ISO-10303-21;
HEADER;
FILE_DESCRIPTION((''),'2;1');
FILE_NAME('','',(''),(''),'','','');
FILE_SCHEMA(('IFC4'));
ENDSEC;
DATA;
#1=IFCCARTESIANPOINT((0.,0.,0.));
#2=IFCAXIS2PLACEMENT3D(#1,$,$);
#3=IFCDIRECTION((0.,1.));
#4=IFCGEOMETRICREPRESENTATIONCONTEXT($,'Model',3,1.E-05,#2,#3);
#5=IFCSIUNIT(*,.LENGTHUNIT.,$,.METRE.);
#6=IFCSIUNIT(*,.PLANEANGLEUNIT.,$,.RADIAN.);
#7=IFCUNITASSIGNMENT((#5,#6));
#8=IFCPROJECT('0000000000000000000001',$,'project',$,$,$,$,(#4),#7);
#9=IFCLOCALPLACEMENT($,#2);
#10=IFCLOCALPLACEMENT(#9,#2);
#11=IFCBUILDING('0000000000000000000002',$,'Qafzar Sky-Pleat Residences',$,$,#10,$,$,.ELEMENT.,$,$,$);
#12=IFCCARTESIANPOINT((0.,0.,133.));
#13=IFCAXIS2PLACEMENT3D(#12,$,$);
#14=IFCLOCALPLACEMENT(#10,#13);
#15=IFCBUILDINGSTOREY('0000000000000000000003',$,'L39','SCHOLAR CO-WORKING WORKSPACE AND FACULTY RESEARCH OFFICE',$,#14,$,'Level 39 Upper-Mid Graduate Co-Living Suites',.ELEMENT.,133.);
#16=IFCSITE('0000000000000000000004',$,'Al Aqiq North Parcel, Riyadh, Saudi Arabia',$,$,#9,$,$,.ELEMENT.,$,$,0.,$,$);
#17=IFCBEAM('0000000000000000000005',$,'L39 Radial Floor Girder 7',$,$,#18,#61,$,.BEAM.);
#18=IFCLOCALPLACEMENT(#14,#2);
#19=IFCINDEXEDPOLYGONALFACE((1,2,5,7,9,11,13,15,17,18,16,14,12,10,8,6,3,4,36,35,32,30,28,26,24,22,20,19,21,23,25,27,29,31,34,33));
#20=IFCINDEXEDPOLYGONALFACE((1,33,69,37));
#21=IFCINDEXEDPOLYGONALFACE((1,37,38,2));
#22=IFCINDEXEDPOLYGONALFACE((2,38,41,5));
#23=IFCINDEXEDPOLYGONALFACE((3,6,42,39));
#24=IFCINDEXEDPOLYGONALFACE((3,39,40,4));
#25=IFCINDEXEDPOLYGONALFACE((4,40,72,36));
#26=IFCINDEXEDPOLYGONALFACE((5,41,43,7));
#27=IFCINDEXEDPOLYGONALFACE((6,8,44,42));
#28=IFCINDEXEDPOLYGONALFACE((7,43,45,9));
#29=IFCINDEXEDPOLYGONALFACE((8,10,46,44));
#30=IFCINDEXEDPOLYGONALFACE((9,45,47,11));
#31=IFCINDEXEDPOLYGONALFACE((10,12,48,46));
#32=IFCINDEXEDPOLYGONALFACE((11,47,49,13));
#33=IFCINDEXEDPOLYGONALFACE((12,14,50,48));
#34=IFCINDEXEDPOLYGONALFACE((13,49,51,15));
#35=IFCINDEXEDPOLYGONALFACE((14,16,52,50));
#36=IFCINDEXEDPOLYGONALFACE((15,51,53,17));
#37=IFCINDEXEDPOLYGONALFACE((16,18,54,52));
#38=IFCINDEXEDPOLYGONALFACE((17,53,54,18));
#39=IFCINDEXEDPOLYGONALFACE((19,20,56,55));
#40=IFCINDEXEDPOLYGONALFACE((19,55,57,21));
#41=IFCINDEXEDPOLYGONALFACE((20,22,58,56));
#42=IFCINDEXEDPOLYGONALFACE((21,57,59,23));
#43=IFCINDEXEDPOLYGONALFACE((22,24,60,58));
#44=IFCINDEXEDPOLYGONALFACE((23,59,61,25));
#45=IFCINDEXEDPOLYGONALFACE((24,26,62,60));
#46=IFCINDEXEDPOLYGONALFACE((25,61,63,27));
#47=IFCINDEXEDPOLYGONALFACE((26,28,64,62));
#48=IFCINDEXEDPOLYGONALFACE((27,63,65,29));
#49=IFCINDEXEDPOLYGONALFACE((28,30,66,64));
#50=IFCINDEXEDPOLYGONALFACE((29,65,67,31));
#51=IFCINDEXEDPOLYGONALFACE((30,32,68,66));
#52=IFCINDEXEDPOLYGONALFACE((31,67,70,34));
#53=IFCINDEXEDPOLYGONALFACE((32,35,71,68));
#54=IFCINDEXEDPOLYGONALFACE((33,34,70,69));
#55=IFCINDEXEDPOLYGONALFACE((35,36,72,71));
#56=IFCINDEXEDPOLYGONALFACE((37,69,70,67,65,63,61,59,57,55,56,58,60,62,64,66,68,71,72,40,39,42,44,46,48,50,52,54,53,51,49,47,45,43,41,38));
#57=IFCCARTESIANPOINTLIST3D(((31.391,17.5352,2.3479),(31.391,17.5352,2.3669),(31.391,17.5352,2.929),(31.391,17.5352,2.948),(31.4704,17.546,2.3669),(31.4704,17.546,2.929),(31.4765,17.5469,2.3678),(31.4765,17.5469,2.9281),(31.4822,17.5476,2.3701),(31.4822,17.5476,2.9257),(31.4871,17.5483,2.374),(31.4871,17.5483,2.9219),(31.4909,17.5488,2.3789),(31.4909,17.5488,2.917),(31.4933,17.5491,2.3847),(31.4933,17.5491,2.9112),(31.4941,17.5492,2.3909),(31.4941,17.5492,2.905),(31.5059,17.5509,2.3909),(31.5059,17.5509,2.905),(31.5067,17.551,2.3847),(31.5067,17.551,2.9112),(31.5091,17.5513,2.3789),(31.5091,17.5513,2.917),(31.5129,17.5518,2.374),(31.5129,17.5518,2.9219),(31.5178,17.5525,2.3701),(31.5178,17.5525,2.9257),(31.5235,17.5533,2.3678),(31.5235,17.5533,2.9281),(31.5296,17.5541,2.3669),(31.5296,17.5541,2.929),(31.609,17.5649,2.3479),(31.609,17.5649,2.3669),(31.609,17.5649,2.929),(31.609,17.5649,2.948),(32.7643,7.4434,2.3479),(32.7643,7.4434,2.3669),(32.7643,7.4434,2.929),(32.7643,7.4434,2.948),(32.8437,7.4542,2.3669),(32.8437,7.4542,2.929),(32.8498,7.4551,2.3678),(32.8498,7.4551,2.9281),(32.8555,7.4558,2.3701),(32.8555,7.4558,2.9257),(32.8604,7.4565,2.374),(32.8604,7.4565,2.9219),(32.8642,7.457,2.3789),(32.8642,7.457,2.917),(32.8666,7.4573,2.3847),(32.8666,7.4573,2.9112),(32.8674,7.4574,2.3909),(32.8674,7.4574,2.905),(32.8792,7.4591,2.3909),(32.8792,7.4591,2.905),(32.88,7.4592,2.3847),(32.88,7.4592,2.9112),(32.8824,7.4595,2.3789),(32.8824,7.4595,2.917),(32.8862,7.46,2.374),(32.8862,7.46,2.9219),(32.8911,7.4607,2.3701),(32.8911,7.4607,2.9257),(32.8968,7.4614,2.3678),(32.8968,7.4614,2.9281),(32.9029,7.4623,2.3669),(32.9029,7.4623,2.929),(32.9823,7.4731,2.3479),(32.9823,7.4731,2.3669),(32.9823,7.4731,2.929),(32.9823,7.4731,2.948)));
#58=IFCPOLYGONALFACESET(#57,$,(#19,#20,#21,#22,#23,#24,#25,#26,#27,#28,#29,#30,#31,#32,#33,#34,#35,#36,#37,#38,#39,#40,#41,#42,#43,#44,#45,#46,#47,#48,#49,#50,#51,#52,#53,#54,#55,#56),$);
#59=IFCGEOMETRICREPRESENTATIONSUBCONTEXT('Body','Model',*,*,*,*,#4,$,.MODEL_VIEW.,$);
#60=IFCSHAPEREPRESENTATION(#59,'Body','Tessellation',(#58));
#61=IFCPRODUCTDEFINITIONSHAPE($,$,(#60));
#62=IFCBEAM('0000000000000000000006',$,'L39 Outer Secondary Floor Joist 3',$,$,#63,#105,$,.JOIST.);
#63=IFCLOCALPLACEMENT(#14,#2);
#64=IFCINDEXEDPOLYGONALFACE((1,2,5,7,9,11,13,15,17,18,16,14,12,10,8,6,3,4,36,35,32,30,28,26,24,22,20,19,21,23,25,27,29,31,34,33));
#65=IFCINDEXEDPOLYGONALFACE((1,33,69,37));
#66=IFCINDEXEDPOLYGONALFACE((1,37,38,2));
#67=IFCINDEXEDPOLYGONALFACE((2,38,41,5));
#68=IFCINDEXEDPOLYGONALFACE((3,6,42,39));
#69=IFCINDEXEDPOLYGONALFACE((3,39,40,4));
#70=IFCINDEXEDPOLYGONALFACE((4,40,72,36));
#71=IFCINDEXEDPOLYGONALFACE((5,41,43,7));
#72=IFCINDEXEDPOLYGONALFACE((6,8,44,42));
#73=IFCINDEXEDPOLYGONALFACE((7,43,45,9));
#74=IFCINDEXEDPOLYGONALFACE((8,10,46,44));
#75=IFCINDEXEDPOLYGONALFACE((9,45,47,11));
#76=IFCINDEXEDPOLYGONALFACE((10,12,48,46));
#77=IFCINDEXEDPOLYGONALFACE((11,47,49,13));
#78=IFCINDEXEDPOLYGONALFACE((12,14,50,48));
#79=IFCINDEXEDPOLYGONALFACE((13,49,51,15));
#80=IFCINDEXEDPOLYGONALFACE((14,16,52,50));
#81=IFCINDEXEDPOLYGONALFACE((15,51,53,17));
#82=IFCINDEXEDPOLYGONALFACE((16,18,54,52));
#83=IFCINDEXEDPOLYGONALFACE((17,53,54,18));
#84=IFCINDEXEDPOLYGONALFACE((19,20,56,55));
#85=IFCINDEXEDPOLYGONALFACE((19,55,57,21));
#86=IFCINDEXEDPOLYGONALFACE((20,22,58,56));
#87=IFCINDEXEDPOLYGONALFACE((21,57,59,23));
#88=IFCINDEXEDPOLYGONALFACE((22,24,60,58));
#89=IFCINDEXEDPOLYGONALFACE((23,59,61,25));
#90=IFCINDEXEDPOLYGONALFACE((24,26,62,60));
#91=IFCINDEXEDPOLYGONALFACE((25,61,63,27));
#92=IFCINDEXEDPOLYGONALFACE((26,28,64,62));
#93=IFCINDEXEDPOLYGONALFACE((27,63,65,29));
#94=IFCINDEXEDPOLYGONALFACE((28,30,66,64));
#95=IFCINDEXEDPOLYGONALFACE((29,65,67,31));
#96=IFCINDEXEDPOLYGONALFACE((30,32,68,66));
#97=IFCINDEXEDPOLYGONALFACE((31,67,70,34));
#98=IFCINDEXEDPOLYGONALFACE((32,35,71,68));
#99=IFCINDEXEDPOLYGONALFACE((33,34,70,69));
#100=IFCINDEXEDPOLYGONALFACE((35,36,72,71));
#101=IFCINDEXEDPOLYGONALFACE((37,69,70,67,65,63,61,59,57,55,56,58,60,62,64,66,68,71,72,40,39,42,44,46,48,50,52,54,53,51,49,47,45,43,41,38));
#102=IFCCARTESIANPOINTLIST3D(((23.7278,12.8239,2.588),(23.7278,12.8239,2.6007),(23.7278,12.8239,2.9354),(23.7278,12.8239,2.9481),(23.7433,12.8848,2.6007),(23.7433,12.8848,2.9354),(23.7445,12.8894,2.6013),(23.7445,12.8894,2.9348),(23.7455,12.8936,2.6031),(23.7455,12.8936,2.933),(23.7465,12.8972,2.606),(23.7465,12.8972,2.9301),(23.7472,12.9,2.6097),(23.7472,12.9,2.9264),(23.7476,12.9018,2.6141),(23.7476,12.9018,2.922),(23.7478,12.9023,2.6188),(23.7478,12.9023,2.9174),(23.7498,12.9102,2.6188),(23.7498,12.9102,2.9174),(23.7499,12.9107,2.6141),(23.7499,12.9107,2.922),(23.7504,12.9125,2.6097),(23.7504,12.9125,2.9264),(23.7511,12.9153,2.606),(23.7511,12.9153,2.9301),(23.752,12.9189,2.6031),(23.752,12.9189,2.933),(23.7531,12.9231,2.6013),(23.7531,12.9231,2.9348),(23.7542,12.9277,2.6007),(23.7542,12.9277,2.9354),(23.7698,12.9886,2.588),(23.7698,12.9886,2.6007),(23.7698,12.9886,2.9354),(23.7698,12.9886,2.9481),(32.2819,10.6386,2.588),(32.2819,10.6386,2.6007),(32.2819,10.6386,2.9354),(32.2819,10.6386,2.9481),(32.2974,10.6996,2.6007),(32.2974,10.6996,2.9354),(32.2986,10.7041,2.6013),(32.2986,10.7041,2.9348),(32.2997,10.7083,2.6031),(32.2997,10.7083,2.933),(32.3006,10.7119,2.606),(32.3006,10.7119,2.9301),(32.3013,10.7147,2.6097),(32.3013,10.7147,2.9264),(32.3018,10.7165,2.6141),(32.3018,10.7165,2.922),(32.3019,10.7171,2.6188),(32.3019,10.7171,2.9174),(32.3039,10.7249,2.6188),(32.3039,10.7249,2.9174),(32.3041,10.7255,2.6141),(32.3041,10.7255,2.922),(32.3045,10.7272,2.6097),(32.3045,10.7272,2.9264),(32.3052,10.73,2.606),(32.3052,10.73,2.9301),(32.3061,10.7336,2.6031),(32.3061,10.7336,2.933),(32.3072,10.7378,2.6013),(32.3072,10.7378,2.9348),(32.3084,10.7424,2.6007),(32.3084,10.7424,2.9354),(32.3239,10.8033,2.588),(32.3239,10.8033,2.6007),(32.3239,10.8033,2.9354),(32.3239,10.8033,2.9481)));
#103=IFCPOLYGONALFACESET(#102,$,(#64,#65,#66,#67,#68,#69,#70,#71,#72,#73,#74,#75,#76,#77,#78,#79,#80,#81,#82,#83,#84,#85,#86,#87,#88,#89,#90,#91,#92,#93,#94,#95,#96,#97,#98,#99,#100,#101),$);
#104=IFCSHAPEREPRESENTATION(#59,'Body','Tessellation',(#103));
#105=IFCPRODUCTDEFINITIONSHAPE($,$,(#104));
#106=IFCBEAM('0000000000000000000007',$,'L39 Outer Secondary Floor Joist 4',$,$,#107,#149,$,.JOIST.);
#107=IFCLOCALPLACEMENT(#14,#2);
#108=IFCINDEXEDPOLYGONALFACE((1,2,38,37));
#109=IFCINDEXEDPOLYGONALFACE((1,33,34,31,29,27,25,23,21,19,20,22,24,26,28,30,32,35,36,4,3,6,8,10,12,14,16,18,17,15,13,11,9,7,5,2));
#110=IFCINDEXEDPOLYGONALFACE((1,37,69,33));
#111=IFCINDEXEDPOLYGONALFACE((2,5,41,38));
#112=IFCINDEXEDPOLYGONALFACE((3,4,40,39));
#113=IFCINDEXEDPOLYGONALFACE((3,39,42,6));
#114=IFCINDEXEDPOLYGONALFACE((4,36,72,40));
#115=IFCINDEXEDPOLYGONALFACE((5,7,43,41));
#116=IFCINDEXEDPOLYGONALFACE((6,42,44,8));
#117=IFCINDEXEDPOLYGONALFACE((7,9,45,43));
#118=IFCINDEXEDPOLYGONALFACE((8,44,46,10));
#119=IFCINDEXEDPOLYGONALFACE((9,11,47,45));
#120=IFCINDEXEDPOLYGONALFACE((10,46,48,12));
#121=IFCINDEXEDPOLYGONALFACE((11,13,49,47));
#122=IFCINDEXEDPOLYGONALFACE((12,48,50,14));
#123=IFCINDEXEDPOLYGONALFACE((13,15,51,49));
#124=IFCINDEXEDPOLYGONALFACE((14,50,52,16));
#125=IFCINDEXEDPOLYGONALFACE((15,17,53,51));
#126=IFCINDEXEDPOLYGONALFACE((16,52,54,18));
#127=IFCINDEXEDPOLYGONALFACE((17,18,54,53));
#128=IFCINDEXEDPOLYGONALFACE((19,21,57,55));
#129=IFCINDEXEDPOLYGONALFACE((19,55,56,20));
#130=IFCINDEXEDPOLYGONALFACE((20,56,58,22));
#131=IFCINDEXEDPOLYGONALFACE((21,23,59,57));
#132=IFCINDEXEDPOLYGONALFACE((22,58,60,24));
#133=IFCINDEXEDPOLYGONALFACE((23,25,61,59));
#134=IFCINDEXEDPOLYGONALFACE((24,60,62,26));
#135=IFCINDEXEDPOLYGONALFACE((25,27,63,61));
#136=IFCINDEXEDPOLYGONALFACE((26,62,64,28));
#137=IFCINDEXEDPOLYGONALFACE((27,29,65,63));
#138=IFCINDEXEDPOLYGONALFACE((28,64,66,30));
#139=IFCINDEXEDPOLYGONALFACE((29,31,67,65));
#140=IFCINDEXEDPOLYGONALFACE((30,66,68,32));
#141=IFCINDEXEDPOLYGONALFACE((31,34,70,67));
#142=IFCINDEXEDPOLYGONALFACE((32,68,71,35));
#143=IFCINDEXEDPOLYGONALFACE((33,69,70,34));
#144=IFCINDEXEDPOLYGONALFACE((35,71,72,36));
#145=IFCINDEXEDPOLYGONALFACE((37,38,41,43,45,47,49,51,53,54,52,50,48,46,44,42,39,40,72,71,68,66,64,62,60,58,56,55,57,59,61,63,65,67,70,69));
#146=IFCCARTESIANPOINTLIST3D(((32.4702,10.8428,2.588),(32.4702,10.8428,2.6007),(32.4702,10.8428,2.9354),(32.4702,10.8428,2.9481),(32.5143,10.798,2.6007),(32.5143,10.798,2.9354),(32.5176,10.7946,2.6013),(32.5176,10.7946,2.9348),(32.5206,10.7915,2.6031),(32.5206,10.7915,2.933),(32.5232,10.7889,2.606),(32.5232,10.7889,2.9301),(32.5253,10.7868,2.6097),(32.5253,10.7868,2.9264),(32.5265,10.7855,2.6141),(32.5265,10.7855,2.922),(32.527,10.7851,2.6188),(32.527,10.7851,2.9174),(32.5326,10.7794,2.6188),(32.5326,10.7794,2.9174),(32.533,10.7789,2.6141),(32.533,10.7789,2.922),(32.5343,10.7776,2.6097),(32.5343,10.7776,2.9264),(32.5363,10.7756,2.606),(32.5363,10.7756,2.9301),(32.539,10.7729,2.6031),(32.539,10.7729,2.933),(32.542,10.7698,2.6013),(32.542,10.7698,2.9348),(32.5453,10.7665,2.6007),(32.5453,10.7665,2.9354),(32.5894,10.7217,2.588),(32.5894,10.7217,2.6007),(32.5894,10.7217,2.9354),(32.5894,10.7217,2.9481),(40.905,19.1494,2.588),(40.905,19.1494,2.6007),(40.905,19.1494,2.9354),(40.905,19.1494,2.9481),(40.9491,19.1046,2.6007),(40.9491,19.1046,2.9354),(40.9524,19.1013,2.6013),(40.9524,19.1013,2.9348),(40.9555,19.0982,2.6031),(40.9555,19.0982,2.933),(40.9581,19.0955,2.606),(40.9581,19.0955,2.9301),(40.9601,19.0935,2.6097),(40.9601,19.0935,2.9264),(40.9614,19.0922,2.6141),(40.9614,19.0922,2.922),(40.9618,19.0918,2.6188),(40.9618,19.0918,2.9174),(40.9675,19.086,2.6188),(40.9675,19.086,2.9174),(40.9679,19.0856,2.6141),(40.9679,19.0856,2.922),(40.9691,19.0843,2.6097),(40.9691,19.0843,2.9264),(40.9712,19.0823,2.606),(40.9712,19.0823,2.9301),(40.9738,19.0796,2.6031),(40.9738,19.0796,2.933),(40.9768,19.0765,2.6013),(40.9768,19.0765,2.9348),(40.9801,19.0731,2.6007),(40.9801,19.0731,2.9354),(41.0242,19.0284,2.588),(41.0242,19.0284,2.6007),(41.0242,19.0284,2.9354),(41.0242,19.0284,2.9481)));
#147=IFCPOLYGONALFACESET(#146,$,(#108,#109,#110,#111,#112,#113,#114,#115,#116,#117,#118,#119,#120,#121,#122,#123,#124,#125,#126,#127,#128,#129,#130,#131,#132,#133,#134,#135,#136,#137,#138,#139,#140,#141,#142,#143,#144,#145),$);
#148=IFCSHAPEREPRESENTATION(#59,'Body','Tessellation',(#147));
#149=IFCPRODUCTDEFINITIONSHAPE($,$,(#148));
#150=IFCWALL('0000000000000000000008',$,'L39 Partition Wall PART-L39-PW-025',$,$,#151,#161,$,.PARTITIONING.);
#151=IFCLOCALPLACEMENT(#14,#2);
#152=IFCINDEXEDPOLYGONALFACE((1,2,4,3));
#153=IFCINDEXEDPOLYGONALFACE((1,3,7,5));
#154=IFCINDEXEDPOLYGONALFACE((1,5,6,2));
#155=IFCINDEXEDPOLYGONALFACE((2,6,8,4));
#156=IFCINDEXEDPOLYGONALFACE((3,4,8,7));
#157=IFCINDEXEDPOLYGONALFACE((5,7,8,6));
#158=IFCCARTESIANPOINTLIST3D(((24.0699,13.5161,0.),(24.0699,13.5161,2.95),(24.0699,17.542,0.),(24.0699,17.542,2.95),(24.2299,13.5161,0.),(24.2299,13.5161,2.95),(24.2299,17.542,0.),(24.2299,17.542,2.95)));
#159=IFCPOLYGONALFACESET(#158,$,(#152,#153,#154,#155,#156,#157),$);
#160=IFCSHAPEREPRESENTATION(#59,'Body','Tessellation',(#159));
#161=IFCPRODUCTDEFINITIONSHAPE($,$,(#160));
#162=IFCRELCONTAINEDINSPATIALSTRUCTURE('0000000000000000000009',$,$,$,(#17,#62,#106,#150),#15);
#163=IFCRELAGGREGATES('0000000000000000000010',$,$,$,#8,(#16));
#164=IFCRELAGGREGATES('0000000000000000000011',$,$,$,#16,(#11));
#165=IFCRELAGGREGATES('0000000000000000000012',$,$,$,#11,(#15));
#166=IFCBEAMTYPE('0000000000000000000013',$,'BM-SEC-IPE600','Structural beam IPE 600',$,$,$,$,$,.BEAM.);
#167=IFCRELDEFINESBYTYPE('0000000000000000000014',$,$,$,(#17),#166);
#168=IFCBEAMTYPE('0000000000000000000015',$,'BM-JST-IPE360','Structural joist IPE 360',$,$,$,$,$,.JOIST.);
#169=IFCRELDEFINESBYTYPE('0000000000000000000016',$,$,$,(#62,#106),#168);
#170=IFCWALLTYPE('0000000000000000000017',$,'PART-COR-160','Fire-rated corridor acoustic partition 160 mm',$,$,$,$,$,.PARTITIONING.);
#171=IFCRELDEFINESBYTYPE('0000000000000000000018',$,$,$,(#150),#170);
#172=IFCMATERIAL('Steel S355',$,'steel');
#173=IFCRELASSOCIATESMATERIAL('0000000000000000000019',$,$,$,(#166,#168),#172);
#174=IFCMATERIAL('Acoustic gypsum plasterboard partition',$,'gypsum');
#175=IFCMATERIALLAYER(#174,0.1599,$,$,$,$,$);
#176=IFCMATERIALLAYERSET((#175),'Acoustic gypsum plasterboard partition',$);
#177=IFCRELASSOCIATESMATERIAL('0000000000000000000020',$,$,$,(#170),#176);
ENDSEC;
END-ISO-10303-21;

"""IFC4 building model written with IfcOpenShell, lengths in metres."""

from ifc_helpers import new_model, si_unit, direction, frame, frame_2d, origin, origin_2d, place, context, subcontext, project, spatial, rectangle, i_section, extrude, source, transform, mapped, material, layer, layer_set, material_profile, profile_set, type_object, element, save


model = new_model("IFC4")

# Units and contexts
model_context = context("Model", 3, precision=1e-05, world=origin(), true_north=direction((0.0, 1.0)))
body_context = subcontext(model_context, "Body", "Model", "MODEL_VIEW")
ifc_project = project(units=[si_unit("LENGTHUNIT", "METRE"), si_unit("PLANEANGLEUNIT", "RADIAN")], contexts=[model_context])

# Site, building, storey
site_placement = place(None, origin())
site = spatial("IfcSite", under=ifc_project, at=site_placement, Name="Al Aqiq North Parcel, Riyadh, Saudi Arabia", CompositionType="ELEMENT", RefElevation=0.0)
building_placement = place(site_placement, origin())
building = spatial("IfcBuilding", under=site, at=building_placement, Name="Qafzar Sky-Pleat Residences", CompositionType="ELEMENT")
storey_placement = place(building_placement, frame((0.0, 0.0, 133.0)))
storey = spatial("IfcBuildingStorey", under=building, at=storey_placement, Name="L39", Description="SCHOLAR CO-WORKING WORKSPACE AND FACULTY RESEARCH OFFICE", LongName="Level 39 Upper-Mid Graduate Co-Living Suites", CompositionType="ELEMENT", Elevation=133.0)

# Shared definitions
ifc_material_1 = material(Name="Steel S355", Category="steel")

# Beams
ifc_material_profile_1 = material_profile(ifc_material_1, i_section(OverallWidth=0.22, OverallDepth=0.6001, WebThickness=0.012, FlangeThickness=0.019, FilletRadius=0.0239, at=origin_2d()), Name="IPE 600")
ifc_profile_set_1 = profile_set([ifc_material_profile_1], Name="Steel S355")
beam_type_1 = type_object("IfcBeamType", Name="BM-SEC-IPE600", Description="Structural beam IPE 600", PredefinedType="BEAM", material=ifc_profile_set_1)
shared_shape_1 = source(origin(), body_context, "Body", "SweptSolid", [
    extrude(i_section(OverallWidth=0.22, OverallDepth=0.6001, WebThickness=0.012, FlangeThickness=0.019, FilletRadius=0.0239, at=origin_2d()), origin(), (0.0, 0.0, 1.0), 10.1848),
])
beam_1_placement = place(storey_placement, frame((32.8733, 7.4583, 2.6479), z_axis=(-0.134837, 0.990868, 0.0), x_axis=(-0.990868, -0.134837, 0.0)))
element("IfcBeam", 1, at=beam_1_placement, inside=storey, type_object=beam_type_1, Name="L39 Radial Floor Girder 7", PredefinedType="BEAM", context=body_context, shape_type="MappedRepresentation", body=[
    mapped(shared_shape_1, transform((0.0, 0.0, 0.0), x_axis=(1.0, 0.0, 0.0), y_axis=(0.0, 1.0, 0.0), z_axis=(0.0, 0.0, 1.0), scale=1.0)),
])
ifc_material_profile_2 = material_profile(ifc_material_1, i_section(OverallWidth=0.1699, OverallDepth=0.3601, WebThickness=0.0081, FlangeThickness=0.0127, FilletRadius=0.0181, at=origin_2d()), Name="IPE 360")
ifc_profile_set_2 = profile_set([ifc_material_profile_2], Name="Steel S355")
beam_type_2 = type_object("IfcBeamType", Name="BM-JST-IPE360", Description="Structural joist IPE 360", PredefinedType="JOIST", material=ifc_profile_set_2)
shared_shape_2 = source(origin(), body_context, "Body", "SweptSolid", [
    extrude(i_section(OverallWidth=0.1699, OverallDepth=0.3601, WebThickness=0.0081, FlangeThickness=0.0127, FilletRadius=0.0181, at=origin_2d()), origin(), (0.0, 0.0, 1.0), 8.8289),
])
beam_2_placement = place(storey_placement, frame((23.7488, 12.9062, 2.7681), z_axis=(0.968884, -0.247516, 0.0), x_axis=(0.247516, 0.968884, 0.0)))
element("IfcBeam", 2, at=beam_2_placement, inside=storey, type_object=beam_type_2, Name="L39 Outer Secondary Floor Joist 3", PredefinedType="JOIST", context=body_context, shape_type="MappedRepresentation", body=[
    mapped(shared_shape_2, transform((0.0, 0.0, 0.0), x_axis=(1.0, 0.0, 0.0), y_axis=(0.0, 1.0, 0.0), z_axis=(0.0, 0.0, 1.0), scale=1.0)),
])
shared_shape_3 = source(origin(), body_context, "Body", "SweptSolid", [
    extrude(i_section(OverallWidth=0.1699, OverallDepth=0.3601, WebThickness=0.0081, FlangeThickness=0.0127, FilletRadius=0.0181, at=origin_2d()), origin(), (0.0, 0.0, 1.0), 11.8384),
])
beam_3_placement = place(storey_placement, frame((32.5298, 10.7822, 2.7681), z_axis=(0.7125, 0.701673, 0.0), x_axis=(-0.701673, 0.7125, 0.0)))
element("IfcBeam", 3, at=beam_3_placement, inside=storey, type_object=beam_type_2, Name="L39 Outer Secondary Floor Joist 4", PredefinedType="JOIST", context=body_context, shape_type="MappedRepresentation", body=[
    mapped(shared_shape_3, transform((0.0, 0.0, 0.0), x_axis=(1.0, 0.0, 0.0), y_axis=(0.0, 1.0, 0.0), z_axis=(0.0, 0.0, 1.0), scale=1.0)),
])

# Wall
ifc_material_2 = material(Name="Acoustic gypsum plasterboard partition", Category="gypsum")
ifc_layer_1 = layer(ifc_material_2, 0.1599)
ifc_layer_set_1 = layer_set([ifc_layer_1], Name="Acoustic gypsum plasterboard partition")
wall_type_1 = type_object("IfcWallType", Name="PART-COR-160", Description="Fire-rated corridor acoustic partition 160 mm", PredefinedType="PARTITIONING", material=ifc_layer_set_1)
wall_1_placement = place(storey_placement, frame((24.1499, 13.5161, 0.0), z_axis=(0.0, 0.0, 1.0), x_axis=(0.0, 1.0, 0.0)))
element("IfcWall", 4, at=wall_1_placement, inside=storey, type_object=wall_type_1, Name="L39 Partition Wall PART-L39-PW-025", PredefinedType="PARTITIONING", context=body_context, shape_type="SweptSolid", body=[
    extrude(rectangle(XDim=4.0259, YDim=0.1599, at=frame_2d((2.0129, 0.0))), origin(), (0.0, 0.0, 1.0), 2.95),
])

save(model, "model.ifc")
